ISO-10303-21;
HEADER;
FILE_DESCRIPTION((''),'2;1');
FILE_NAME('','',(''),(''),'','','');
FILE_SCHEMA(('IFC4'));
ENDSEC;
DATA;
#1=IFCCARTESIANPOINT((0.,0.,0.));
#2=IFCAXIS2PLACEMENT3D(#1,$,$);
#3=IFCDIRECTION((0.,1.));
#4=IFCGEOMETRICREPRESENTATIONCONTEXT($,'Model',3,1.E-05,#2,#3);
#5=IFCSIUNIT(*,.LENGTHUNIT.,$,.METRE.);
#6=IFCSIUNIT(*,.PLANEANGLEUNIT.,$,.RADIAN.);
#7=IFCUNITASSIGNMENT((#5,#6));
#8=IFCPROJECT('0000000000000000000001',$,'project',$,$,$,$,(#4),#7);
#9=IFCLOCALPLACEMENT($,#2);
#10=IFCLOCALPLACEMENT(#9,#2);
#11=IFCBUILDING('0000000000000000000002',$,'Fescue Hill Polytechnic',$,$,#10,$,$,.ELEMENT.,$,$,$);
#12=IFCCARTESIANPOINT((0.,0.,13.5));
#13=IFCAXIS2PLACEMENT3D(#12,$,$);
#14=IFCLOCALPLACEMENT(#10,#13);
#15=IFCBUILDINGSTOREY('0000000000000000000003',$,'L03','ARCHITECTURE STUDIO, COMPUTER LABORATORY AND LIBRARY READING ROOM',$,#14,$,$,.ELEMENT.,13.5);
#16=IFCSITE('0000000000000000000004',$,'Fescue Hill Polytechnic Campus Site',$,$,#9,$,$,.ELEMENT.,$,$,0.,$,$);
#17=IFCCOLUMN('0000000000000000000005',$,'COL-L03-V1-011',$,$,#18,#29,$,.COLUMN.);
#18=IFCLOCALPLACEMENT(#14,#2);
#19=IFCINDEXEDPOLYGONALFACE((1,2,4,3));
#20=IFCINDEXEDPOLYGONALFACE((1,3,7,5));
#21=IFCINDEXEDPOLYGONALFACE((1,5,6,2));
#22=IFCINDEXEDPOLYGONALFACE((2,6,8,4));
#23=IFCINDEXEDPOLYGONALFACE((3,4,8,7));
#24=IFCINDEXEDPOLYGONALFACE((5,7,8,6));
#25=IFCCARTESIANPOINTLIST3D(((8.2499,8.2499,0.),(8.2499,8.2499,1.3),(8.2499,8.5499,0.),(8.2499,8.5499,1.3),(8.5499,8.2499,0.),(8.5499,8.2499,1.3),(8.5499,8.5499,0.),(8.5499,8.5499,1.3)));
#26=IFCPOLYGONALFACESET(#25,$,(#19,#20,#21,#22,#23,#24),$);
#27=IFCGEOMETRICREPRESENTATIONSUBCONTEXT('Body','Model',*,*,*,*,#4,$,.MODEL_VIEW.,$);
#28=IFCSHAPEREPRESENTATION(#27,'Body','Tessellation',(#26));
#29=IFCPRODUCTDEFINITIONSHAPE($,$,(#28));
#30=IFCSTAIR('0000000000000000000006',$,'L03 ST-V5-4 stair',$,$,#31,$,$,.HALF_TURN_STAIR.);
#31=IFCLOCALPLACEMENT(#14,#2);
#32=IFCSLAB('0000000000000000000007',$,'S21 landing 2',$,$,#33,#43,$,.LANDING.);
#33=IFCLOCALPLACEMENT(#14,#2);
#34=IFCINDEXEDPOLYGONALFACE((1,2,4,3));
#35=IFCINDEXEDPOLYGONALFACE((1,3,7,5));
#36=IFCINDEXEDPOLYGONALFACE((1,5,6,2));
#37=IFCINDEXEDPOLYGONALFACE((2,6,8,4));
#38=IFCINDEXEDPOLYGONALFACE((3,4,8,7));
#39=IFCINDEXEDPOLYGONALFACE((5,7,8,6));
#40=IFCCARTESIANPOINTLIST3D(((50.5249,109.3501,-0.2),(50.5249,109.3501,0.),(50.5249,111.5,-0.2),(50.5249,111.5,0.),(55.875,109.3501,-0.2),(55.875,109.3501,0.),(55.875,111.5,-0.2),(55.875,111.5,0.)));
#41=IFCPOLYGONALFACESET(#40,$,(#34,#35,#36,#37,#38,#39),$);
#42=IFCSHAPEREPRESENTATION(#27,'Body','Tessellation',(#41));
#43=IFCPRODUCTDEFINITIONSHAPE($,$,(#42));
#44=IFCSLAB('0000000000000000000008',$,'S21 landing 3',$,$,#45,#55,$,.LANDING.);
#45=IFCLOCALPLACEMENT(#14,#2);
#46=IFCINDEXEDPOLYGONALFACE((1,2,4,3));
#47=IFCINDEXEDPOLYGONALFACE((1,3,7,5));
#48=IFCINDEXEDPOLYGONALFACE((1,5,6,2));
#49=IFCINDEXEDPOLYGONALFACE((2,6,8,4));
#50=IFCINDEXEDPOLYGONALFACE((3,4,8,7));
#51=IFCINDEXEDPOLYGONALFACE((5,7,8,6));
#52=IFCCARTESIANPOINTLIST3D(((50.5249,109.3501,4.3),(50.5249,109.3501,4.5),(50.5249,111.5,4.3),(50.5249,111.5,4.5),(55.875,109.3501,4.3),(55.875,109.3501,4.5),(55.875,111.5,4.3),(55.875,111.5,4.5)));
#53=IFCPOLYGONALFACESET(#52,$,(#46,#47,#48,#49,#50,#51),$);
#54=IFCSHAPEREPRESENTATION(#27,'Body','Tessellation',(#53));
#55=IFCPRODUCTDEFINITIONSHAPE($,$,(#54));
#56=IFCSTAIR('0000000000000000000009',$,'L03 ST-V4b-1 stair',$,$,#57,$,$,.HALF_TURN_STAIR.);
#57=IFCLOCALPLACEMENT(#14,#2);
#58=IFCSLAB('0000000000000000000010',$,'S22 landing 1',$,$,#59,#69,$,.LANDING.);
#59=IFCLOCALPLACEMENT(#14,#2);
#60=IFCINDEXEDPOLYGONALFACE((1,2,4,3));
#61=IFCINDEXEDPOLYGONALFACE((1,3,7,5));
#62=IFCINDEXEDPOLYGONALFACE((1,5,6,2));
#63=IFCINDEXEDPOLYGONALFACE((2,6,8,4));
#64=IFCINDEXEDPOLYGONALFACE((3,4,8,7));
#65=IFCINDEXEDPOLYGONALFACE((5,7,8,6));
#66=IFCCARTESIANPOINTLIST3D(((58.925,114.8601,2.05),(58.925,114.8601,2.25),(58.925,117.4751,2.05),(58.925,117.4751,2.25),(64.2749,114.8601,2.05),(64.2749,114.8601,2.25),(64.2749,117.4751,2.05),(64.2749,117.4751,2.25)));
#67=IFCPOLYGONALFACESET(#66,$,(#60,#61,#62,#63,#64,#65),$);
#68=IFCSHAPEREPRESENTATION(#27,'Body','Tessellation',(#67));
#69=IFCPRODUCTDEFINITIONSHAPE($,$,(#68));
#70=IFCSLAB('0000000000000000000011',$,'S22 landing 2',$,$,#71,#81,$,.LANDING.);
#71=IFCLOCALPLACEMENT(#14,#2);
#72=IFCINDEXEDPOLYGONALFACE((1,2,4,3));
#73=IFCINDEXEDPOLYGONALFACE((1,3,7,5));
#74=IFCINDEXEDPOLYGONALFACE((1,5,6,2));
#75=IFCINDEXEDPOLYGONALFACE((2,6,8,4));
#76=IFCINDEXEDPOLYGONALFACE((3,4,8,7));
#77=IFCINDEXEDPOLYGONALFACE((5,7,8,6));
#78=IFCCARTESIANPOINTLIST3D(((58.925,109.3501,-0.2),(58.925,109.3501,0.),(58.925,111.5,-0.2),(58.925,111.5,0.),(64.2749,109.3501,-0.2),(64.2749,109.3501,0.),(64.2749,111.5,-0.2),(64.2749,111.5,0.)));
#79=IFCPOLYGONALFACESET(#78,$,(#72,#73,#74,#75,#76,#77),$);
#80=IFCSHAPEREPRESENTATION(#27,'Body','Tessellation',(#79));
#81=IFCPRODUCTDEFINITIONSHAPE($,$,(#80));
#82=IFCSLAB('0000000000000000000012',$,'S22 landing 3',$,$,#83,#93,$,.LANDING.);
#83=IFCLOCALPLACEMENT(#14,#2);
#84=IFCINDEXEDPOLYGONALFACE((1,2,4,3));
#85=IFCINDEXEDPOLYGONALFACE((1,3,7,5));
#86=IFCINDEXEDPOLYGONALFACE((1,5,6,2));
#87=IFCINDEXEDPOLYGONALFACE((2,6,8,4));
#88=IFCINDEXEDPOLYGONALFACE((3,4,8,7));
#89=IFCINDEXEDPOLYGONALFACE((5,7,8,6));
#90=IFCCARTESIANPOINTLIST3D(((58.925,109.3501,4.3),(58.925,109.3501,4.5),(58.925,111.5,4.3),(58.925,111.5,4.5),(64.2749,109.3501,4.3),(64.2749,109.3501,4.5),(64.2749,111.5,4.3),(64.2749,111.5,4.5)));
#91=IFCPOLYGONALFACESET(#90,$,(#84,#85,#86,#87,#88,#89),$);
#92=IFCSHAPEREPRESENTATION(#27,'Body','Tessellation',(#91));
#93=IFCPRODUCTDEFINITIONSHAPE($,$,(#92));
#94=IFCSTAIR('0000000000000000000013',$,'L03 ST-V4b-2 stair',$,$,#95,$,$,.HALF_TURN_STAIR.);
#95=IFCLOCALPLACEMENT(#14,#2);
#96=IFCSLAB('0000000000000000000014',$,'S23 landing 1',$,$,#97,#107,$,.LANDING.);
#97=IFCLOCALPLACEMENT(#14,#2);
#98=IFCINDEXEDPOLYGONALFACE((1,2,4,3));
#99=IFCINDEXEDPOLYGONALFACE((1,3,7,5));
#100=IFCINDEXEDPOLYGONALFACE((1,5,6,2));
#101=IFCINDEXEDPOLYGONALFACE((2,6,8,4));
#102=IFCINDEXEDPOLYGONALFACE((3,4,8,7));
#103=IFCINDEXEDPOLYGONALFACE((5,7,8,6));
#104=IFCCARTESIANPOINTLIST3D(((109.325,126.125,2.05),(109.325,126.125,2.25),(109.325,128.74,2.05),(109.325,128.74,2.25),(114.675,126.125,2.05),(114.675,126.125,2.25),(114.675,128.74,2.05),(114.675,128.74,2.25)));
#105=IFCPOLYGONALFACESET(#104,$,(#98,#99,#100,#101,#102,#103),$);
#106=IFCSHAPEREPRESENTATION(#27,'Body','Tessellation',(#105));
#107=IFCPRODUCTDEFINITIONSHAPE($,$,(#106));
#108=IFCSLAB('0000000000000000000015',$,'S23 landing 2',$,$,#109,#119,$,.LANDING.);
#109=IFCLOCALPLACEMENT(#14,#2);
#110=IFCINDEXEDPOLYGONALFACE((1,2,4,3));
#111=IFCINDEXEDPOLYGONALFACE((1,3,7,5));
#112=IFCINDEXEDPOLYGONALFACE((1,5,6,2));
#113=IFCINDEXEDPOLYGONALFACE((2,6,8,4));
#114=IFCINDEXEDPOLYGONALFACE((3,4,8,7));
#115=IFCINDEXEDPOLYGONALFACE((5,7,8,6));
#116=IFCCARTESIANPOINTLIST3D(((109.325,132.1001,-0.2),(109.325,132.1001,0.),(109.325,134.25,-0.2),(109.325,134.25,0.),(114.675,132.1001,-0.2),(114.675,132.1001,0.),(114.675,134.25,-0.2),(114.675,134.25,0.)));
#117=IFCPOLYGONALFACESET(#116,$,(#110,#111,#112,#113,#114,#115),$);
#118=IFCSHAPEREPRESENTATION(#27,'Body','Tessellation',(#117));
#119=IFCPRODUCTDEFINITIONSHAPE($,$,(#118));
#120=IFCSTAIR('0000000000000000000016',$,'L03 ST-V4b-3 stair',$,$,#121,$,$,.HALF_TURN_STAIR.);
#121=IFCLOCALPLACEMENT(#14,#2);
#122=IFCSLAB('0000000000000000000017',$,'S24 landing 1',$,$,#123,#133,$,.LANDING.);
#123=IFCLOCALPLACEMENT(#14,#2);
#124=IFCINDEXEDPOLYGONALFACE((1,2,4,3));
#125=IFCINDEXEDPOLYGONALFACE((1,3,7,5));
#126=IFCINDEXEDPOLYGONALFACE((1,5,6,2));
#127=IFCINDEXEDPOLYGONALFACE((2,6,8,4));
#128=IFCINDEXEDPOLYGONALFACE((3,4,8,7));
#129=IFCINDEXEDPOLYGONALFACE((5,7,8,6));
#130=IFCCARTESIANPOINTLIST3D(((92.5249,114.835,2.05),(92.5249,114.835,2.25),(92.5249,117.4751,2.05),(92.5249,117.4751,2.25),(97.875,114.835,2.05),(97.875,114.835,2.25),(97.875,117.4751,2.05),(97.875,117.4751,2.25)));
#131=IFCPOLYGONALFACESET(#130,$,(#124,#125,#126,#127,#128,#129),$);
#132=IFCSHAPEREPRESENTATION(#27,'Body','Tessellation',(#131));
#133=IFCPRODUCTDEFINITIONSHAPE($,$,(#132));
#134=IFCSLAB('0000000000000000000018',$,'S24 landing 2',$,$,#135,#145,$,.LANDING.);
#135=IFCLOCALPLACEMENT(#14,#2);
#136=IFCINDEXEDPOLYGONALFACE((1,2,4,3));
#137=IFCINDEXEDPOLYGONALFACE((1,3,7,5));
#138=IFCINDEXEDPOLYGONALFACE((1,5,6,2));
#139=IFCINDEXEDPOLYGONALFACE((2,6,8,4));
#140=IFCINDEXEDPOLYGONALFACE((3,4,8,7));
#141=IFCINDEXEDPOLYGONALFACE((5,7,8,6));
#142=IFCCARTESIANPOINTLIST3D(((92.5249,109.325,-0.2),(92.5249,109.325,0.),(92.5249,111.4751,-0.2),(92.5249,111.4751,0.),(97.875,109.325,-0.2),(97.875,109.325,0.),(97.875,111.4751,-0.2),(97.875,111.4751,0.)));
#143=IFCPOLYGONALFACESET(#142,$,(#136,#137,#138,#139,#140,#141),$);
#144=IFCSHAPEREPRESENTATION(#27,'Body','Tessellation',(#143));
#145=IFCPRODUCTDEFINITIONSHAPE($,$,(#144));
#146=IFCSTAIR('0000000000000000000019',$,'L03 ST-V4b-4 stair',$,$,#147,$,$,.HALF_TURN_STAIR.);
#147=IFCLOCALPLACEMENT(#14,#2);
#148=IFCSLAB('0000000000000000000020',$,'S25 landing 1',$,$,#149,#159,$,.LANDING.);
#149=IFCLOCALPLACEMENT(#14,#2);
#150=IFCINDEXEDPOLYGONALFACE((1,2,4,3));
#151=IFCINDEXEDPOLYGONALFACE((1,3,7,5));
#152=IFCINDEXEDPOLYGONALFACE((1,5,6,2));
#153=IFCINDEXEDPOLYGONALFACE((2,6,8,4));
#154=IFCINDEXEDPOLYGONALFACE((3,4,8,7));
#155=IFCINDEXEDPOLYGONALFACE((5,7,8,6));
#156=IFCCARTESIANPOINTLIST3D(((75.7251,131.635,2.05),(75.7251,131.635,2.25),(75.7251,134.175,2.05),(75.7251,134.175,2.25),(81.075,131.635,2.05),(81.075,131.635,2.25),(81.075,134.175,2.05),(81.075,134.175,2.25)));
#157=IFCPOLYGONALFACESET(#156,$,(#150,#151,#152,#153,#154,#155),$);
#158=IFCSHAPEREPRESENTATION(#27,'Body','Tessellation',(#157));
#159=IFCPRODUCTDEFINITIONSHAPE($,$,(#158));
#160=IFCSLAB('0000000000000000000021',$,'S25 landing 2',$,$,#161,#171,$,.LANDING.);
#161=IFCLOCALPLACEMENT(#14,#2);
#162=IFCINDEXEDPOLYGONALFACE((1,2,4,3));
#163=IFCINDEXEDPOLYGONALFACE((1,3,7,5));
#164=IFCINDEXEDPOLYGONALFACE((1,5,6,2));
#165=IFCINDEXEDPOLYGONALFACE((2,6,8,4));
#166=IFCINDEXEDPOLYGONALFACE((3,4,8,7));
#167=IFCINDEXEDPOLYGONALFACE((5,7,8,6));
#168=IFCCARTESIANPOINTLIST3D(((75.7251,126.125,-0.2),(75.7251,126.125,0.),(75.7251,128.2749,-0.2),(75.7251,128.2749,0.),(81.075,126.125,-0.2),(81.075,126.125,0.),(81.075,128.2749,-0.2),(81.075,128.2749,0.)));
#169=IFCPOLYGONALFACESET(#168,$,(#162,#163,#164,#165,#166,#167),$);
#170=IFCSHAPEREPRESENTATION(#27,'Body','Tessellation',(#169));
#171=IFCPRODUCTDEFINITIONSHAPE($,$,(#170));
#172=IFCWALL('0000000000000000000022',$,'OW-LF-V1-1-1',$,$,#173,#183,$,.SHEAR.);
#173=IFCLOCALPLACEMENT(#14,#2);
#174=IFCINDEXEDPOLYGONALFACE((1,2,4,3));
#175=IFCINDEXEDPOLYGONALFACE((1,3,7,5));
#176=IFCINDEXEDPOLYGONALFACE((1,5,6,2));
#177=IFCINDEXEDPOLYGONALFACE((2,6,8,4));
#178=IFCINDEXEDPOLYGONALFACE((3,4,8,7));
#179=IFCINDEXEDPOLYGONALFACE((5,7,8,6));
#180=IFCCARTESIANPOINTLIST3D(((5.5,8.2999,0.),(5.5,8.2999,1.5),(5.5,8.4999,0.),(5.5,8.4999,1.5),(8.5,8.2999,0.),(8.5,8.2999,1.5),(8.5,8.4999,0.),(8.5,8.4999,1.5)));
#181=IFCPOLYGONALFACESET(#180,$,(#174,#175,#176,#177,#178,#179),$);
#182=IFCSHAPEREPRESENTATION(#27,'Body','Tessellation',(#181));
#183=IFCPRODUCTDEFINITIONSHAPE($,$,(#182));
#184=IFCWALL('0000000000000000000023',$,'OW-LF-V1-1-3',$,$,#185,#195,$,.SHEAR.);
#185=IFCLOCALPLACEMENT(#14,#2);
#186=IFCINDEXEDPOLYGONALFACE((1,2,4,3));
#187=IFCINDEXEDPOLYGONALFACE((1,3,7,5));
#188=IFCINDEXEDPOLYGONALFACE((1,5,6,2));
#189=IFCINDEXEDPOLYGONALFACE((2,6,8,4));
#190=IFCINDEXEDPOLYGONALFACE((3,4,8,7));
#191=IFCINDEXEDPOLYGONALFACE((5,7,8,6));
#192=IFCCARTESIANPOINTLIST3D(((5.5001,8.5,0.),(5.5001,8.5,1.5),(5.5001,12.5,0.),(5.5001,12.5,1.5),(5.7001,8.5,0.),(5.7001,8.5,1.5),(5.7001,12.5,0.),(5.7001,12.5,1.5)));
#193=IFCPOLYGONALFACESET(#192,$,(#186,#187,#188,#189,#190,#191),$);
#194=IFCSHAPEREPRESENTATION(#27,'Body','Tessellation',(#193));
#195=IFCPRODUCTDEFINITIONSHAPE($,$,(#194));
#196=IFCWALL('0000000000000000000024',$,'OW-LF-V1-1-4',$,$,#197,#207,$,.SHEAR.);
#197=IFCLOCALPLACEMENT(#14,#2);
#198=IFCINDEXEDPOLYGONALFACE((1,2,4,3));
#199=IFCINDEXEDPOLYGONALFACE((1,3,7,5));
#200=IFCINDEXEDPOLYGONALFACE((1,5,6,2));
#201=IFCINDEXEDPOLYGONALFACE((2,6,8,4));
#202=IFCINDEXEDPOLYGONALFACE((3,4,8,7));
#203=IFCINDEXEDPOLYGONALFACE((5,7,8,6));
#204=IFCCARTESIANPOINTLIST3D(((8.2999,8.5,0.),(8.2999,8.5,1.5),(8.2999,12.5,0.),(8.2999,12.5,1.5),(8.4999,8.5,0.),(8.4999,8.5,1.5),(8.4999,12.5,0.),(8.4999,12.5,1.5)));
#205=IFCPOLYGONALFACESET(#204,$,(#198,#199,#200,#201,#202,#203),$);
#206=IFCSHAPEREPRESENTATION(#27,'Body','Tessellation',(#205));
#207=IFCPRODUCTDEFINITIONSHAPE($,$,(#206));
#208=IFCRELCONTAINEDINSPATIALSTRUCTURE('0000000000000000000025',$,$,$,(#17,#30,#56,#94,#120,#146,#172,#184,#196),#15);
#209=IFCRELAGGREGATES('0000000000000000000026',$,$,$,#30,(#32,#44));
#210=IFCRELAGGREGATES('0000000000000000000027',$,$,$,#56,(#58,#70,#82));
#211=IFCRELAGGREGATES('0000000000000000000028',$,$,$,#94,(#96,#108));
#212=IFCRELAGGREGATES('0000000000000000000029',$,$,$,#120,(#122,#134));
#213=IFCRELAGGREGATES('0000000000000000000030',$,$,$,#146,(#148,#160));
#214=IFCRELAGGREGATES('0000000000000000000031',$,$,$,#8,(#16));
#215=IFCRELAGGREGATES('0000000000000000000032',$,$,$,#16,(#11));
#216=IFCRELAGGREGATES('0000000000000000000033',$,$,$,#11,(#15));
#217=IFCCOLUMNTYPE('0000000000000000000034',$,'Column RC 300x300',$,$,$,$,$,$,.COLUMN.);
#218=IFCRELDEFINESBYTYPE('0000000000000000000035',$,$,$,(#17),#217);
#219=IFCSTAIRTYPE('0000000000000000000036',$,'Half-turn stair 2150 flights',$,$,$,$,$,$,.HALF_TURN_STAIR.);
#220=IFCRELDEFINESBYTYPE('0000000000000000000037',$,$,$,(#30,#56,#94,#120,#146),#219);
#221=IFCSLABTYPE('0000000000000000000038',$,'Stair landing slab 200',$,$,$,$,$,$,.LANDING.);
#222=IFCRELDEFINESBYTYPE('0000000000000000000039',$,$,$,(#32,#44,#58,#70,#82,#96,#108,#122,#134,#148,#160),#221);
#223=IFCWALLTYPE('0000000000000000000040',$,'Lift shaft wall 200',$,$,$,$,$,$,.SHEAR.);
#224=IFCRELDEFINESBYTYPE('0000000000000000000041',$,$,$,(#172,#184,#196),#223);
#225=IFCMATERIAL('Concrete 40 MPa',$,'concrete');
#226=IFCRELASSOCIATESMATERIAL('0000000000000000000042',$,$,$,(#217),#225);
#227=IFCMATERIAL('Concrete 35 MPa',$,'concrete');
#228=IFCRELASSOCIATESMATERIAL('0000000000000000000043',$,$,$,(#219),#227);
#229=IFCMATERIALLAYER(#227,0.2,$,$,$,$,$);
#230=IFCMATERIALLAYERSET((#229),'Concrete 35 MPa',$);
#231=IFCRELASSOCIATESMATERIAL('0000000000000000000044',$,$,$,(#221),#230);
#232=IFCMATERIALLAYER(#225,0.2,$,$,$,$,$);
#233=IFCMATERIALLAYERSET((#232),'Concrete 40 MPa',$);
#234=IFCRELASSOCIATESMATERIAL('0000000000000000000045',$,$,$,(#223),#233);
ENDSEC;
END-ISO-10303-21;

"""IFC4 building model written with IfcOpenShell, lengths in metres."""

from ifc_helpers import new_model, si_unit, direction, frame, frame_2d, origin, origin_2d, place, context, subcontext, project, spatial, polyline, rectangle, outline, extrude, material, layer, layer_set, material_profile, profile_set, type_object, element, aggregate, save


model = new_model("IFC4")

# Units and contexts
model_context = context("Model", 3, precision=1e-05, world=origin(), true_north=direction((0.0, 1.0)))
body_context = subcontext(model_context, "Body", "Model", "MODEL_VIEW")
ifc_project = project(units=[si_unit("LENGTHUNIT", "METRE"), si_unit("PLANEANGLEUNIT", "RADIAN")], contexts=[model_context])

# Site, building, storey
site_placement = place(None, origin())
site = spatial("IfcSite", under=ifc_project, at=site_placement, Name="Fescue Hill Polytechnic Campus Site", CompositionType="ELEMENT", RefElevation=0.0)
building_placement = place(site_placement, origin())
building = spatial("IfcBuilding", under=site, at=building_placement, Name="Fescue Hill Polytechnic", CompositionType="ELEMENT")
storey_placement = place(building_placement, frame((0.0, 0.0, 13.5)))
storey = spatial("IfcBuildingStorey", under=building, at=storey_placement, Name="L03", Description="ARCHITECTURE STUDIO, COMPUTER LABORATORY AND LIBRARY READING ROOM", CompositionType="ELEMENT", Elevation=13.5)

# Column
ifc_material_1 = material(Name="Concrete 40 MPa", Category="concrete")
ifc_material_profile = material_profile(ifc_material_1, rectangle(XDim=0.3, YDim=0.3, at=origin_2d()), Name="RC 300x300")
ifc_profile_set = profile_set([ifc_material_profile], Name="Concrete 40 MPa")
column_type = type_object("IfcColumnType", Name="Column RC 300x300", PredefinedType="COLUMN", material=ifc_profile_set)
column_placement = place(storey_placement, frame((8.3999, 8.3999, 0.0), z_axis=(0.0, 0.0, 1.0), x_axis=(1.0, 0.0, 0.0)))
element("IfcColumn", 1, at=column_placement, inside=storey, type_object=column_type, Name="COL-L03-V1-011", PredefinedType="COLUMN", context=body_context, shape_type="SweptSolid", body=[
    extrude(rectangle(XDim=0.3, YDim=0.3, at=origin_2d()), origin(), (0.0, 0.0, 1.0), 1.3),
])

# Stairs, slabs
ifc_material_2 = material(Name="Concrete 35 MPa", Category="concrete")
stair_type = type_object("IfcStairType", Name="Half-turn stair 2150 flights", PredefinedType="HALF_TURN_STAIR", material=ifc_material_2)
stair_1_placement = place(storey_placement, origin())
stair_1 = element("IfcStair", 2, at=stair_1_placement, inside=storey, type_object=stair_type, Name="L03 ST-V5-4 stair", PredefinedType="HALF_TURN_STAIR")
ifc_layer_1 = layer(ifc_material_2, 0.2)
ifc_layer_set_1 = layer_set([ifc_layer_1], Name="Concrete 35 MPa")
slab_type = type_object("IfcSlabType", Name="Stair landing slab 200", PredefinedType="LANDING", material=ifc_layer_set_1)
slab_1_placement = place(storey_placement, frame((0.0, 0.0, -0.2)))
slab_1 = element("IfcSlab", 3, at=slab_1_placement, type_object=slab_type, Name="S21 landing 2", PredefinedType="LANDING", context=body_context, shape_type="SweptSolid", body=[
    extrude(outline(polyline([(50.5249, 109.3501), (55.875, 109.3501), (55.875, 111.5), (50.5249, 111.5), (50.5249, 109.3501)])), origin(), (0.0, 0.0, 1.0), 0.2),
])
slab_2_placement = place(storey_placement, frame((0.0, 0.0, 4.3)))
slab_2 = element("IfcSlab", 4, at=slab_2_placement, type_object=slab_type, Name="S21 landing 3", PredefinedType="LANDING", context=body_context, shape_type="SweptSolid", body=[
    extrude(outline(polyline([(50.5249, 109.3501), (55.875, 109.3501), (55.875, 111.5), (50.5249, 111.5), (50.5249, 109.3501)])), origin(), (0.0, 0.0, 1.0), 0.2),
])
aggregate(stair_1, [slab_1, slab_2])
stair_2_placement = place(storey_placement, origin())
stair_2 = element("IfcStair", 5, at=stair_2_placement, inside=storey, type_object=stair_type, Name="L03 ST-V4b-1 stair", PredefinedType="HALF_TURN_STAIR")
slab_3_placement = place(storey_placement, frame((0.0, 0.0, 2.05)))
slab_3 = element("IfcSlab", 6, at=slab_3_placement, type_object=slab_type, Name="S22 landing 1", PredefinedType="LANDING", context=body_context, shape_type="SweptSolid", body=[
    extrude(outline(polyline([(58.925, 114.8601), (64.2749, 114.8601), (64.2749, 117.4751), (58.925, 117.4751), (58.925, 114.8601)])), origin(), (0.0, 0.0, 1.0), 0.2),
])
slab_4_placement = place(storey_placement, frame((0.0, 0.0, -0.2)))
slab_4 = element("IfcSlab", 7, at=slab_4_placement, type_object=slab_type, Name="S22 landing 2", PredefinedType="LANDING", context=body_context, shape_type="SweptSolid", body=[
    extrude(outline(polyline([(58.925, 109.3501), (64.2749, 109.3501), (64.2749, 111.5), (58.925, 111.5), (58.925, 109.3501)])), origin(), (0.0, 0.0, 1.0), 0.2),
])
slab_5_placement = place(storey_placement, frame((0.0, 0.0, 4.3)))
slab_5 = element("IfcSlab", 8, at=slab_5_placement, type_object=slab_type, Name="S22 landing 3", PredefinedType="LANDING", context=body_context, shape_type="SweptSolid", body=[
    extrude(outline(polyline([(58.925, 109.3501), (64.2749, 109.3501), (64.2749, 111.5), (58.925, 111.5), (58.925, 109.3501)])), origin(), (0.0, 0.0, 1.0), 0.2),
])
aggregate(stair_2, [slab_3, slab_4, slab_5])
stair_3_placement = place(storey_placement, origin())
stair_3 = element("IfcStair", 9, at=stair_3_placement, inside=storey, type_object=stair_type, Name="L03 ST-V4b-2 stair", PredefinedType="HALF_TURN_STAIR")
slab_6_placement = place(storey_placement, frame((0.0, 0.0, 2.05)))
slab_6 = element("IfcSlab", 10, at=slab_6_placement, type_object=slab_type, Name="S23 landing 1", PredefinedType="LANDING", context=body_context, shape_type="SweptSolid", body=[
    extrude(outline(polyline([(109.325, 126.125), (114.675, 126.125), (114.675, 128.74), (109.325, 128.74), (109.325, 126.125)])), origin(), (0.0, 0.0, 1.0), 0.2),
])
slab_7_placement = place(storey_placement, frame((0.0, 0.0, -0.2)))
slab_7 = element("IfcSlab", 11, at=slab_7_placement, type_object=slab_type, Name="S23 landing 2", PredefinedType="LANDING", context=body_context, shape_type="SweptSolid", body=[
    extrude(outline(polyline([(109.325, 132.1001), (114.675, 132.1001), (114.675, 134.25), (109.325, 134.25), (109.325, 132.1001)])), origin(), (0.0, 0.0, 1.0), 0.2),
])
aggregate(stair_3, [slab_6, slab_7])
stair_4_placement = place(storey_placement, origin())
stair_4 = element("IfcStair", 12, at=stair_4_placement, inside=storey, type_object=stair_type, Name="L03 ST-V4b-3 stair", PredefinedType="HALF_TURN_STAIR")
slab_8_placement = place(storey_placement, frame((0.0, 0.0, 2.05)))
slab_8 = element("IfcSlab", 13, at=slab_8_placement, type_object=slab_type, Name="S24 landing 1", PredefinedType="LANDING", context=body_context, shape_type="SweptSolid", body=[
    extrude(outline(polyline([(92.5249, 114.835), (97.875, 114.835), (97.875, 117.4751), (92.5249, 117.4751), (92.5249, 114.835)])), origin(), (0.0, 0.0, 1.0), 0.2),
])
slab_9_placement = place(storey_placement, frame((0.0, 0.0, -0.2)))
slab_9 = element("IfcSlab", 14, at=slab_9_placement, type_object=slab_type, Name="S24 landing 2", PredefinedType="LANDING", context=body_context, shape_type="SweptSolid", body=[
    extrude(outline(polyline([(92.5249, 109.325), (97.875, 109.325), (97.875, 111.4751), (92.5249, 111.4751), (92.5249, 109.325)])), origin(), (0.0, 0.0, 1.0), 0.2),
])
aggregate(stair_4, [slab_8, slab_9])
stair_5_placement = place(storey_placement, origin())
stair_5 = element("IfcStair", 15, at=stair_5_placement, inside=storey, type_object=stair_type, Name="L03 ST-V4b-4 stair", PredefinedType="HALF_TURN_STAIR")
slab_10_placement = place(storey_placement, frame((0.0, 0.0, 2.05)))
slab_10 = element("IfcSlab", 16, at=slab_10_placement, type_object=slab_type, Name="S25 landing 1", PredefinedType="LANDING", context=body_context, shape_type="SweptSolid", body=[
    extrude(outline(polyline([(75.7251, 131.635), (81.075, 131.635), (81.075, 134.175), (75.7251, 134.175), (75.7251, 131.635)])), origin(), (0.0, 0.0, 1.0), 0.2),
])
slab_11_placement = place(storey_placement, frame((0.0, 0.0, -0.2)))
slab_11 = element("IfcSlab", 17, at=slab_11_placement, type_object=slab_type, Name="S25 landing 2", PredefinedType="LANDING", context=body_context, shape_type="SweptSolid", body=[
    extrude(outline(polyline([(75.7251, 126.125), (81.075, 126.125), (81.075, 128.2749), (75.7251, 128.2749), (75.7251, 126.125)])), origin(), (0.0, 0.0, 1.0), 0.2),
])
aggregate(stair_5, [slab_10, slab_11])

# Walls
ifc_layer_2 = layer(ifc_material_1, 0.2)
ifc_layer_set_2 = layer_set([ifc_layer_2], Name="Concrete 40 MPa")
wall_type_1 = type_object("IfcWallType", Name="Lift shaft wall 200", PredefinedType="SHEAR", material=ifc_layer_set_2)
wall_1_placement = place(storey_placement, frame((5.5, 8.3999, 0.0), z_axis=(0.0, 0.0, 1.0), x_axis=(1.0, 0.0, 0.0)))
element("IfcWall", 18, at=wall_1_placement, inside=storey, type_object=wall_type_1, Name="OW-LF-V1-1-1", PredefinedType="SHEAR", context=body_context, shape_type="SweptSolid", body=[
    extrude(rectangle(XDim=3.0, YDim=0.2, at=frame_2d((1.5, 0.0))), origin(), (0.0, 0.0, 1.0), 1.5),
])
for number, where, z_axis, x_axis, name in (
    (19, (5.6001, 8.5, 0.0), (0.0, 0.0, 1.0), (0.0, 1.0, 0.0), "OW-LF-V1-1-3"),
    (20, (8.3999, 8.5, 0.0), (0.0, 0.0, 1.0), (0.0, 1.0, 0.0), "OW-LF-V1-1-4"),
):
    element("IfcWall", number, at=place(storey_placement, frame(where, z_axis=z_axis, x_axis=x_axis)), inside=storey, type_object=wall_type_1, Name=name, PredefinedType="SHEAR", context=body_context, shape_type="SweptSolid", body=[
        extrude(rectangle(XDim=4.0, YDim=0.2, at=frame_2d((2.0, 0.0))), origin(), (0.0, 0.0, 1.0), 1.5),
    ])

save(model, "model.ifc")
